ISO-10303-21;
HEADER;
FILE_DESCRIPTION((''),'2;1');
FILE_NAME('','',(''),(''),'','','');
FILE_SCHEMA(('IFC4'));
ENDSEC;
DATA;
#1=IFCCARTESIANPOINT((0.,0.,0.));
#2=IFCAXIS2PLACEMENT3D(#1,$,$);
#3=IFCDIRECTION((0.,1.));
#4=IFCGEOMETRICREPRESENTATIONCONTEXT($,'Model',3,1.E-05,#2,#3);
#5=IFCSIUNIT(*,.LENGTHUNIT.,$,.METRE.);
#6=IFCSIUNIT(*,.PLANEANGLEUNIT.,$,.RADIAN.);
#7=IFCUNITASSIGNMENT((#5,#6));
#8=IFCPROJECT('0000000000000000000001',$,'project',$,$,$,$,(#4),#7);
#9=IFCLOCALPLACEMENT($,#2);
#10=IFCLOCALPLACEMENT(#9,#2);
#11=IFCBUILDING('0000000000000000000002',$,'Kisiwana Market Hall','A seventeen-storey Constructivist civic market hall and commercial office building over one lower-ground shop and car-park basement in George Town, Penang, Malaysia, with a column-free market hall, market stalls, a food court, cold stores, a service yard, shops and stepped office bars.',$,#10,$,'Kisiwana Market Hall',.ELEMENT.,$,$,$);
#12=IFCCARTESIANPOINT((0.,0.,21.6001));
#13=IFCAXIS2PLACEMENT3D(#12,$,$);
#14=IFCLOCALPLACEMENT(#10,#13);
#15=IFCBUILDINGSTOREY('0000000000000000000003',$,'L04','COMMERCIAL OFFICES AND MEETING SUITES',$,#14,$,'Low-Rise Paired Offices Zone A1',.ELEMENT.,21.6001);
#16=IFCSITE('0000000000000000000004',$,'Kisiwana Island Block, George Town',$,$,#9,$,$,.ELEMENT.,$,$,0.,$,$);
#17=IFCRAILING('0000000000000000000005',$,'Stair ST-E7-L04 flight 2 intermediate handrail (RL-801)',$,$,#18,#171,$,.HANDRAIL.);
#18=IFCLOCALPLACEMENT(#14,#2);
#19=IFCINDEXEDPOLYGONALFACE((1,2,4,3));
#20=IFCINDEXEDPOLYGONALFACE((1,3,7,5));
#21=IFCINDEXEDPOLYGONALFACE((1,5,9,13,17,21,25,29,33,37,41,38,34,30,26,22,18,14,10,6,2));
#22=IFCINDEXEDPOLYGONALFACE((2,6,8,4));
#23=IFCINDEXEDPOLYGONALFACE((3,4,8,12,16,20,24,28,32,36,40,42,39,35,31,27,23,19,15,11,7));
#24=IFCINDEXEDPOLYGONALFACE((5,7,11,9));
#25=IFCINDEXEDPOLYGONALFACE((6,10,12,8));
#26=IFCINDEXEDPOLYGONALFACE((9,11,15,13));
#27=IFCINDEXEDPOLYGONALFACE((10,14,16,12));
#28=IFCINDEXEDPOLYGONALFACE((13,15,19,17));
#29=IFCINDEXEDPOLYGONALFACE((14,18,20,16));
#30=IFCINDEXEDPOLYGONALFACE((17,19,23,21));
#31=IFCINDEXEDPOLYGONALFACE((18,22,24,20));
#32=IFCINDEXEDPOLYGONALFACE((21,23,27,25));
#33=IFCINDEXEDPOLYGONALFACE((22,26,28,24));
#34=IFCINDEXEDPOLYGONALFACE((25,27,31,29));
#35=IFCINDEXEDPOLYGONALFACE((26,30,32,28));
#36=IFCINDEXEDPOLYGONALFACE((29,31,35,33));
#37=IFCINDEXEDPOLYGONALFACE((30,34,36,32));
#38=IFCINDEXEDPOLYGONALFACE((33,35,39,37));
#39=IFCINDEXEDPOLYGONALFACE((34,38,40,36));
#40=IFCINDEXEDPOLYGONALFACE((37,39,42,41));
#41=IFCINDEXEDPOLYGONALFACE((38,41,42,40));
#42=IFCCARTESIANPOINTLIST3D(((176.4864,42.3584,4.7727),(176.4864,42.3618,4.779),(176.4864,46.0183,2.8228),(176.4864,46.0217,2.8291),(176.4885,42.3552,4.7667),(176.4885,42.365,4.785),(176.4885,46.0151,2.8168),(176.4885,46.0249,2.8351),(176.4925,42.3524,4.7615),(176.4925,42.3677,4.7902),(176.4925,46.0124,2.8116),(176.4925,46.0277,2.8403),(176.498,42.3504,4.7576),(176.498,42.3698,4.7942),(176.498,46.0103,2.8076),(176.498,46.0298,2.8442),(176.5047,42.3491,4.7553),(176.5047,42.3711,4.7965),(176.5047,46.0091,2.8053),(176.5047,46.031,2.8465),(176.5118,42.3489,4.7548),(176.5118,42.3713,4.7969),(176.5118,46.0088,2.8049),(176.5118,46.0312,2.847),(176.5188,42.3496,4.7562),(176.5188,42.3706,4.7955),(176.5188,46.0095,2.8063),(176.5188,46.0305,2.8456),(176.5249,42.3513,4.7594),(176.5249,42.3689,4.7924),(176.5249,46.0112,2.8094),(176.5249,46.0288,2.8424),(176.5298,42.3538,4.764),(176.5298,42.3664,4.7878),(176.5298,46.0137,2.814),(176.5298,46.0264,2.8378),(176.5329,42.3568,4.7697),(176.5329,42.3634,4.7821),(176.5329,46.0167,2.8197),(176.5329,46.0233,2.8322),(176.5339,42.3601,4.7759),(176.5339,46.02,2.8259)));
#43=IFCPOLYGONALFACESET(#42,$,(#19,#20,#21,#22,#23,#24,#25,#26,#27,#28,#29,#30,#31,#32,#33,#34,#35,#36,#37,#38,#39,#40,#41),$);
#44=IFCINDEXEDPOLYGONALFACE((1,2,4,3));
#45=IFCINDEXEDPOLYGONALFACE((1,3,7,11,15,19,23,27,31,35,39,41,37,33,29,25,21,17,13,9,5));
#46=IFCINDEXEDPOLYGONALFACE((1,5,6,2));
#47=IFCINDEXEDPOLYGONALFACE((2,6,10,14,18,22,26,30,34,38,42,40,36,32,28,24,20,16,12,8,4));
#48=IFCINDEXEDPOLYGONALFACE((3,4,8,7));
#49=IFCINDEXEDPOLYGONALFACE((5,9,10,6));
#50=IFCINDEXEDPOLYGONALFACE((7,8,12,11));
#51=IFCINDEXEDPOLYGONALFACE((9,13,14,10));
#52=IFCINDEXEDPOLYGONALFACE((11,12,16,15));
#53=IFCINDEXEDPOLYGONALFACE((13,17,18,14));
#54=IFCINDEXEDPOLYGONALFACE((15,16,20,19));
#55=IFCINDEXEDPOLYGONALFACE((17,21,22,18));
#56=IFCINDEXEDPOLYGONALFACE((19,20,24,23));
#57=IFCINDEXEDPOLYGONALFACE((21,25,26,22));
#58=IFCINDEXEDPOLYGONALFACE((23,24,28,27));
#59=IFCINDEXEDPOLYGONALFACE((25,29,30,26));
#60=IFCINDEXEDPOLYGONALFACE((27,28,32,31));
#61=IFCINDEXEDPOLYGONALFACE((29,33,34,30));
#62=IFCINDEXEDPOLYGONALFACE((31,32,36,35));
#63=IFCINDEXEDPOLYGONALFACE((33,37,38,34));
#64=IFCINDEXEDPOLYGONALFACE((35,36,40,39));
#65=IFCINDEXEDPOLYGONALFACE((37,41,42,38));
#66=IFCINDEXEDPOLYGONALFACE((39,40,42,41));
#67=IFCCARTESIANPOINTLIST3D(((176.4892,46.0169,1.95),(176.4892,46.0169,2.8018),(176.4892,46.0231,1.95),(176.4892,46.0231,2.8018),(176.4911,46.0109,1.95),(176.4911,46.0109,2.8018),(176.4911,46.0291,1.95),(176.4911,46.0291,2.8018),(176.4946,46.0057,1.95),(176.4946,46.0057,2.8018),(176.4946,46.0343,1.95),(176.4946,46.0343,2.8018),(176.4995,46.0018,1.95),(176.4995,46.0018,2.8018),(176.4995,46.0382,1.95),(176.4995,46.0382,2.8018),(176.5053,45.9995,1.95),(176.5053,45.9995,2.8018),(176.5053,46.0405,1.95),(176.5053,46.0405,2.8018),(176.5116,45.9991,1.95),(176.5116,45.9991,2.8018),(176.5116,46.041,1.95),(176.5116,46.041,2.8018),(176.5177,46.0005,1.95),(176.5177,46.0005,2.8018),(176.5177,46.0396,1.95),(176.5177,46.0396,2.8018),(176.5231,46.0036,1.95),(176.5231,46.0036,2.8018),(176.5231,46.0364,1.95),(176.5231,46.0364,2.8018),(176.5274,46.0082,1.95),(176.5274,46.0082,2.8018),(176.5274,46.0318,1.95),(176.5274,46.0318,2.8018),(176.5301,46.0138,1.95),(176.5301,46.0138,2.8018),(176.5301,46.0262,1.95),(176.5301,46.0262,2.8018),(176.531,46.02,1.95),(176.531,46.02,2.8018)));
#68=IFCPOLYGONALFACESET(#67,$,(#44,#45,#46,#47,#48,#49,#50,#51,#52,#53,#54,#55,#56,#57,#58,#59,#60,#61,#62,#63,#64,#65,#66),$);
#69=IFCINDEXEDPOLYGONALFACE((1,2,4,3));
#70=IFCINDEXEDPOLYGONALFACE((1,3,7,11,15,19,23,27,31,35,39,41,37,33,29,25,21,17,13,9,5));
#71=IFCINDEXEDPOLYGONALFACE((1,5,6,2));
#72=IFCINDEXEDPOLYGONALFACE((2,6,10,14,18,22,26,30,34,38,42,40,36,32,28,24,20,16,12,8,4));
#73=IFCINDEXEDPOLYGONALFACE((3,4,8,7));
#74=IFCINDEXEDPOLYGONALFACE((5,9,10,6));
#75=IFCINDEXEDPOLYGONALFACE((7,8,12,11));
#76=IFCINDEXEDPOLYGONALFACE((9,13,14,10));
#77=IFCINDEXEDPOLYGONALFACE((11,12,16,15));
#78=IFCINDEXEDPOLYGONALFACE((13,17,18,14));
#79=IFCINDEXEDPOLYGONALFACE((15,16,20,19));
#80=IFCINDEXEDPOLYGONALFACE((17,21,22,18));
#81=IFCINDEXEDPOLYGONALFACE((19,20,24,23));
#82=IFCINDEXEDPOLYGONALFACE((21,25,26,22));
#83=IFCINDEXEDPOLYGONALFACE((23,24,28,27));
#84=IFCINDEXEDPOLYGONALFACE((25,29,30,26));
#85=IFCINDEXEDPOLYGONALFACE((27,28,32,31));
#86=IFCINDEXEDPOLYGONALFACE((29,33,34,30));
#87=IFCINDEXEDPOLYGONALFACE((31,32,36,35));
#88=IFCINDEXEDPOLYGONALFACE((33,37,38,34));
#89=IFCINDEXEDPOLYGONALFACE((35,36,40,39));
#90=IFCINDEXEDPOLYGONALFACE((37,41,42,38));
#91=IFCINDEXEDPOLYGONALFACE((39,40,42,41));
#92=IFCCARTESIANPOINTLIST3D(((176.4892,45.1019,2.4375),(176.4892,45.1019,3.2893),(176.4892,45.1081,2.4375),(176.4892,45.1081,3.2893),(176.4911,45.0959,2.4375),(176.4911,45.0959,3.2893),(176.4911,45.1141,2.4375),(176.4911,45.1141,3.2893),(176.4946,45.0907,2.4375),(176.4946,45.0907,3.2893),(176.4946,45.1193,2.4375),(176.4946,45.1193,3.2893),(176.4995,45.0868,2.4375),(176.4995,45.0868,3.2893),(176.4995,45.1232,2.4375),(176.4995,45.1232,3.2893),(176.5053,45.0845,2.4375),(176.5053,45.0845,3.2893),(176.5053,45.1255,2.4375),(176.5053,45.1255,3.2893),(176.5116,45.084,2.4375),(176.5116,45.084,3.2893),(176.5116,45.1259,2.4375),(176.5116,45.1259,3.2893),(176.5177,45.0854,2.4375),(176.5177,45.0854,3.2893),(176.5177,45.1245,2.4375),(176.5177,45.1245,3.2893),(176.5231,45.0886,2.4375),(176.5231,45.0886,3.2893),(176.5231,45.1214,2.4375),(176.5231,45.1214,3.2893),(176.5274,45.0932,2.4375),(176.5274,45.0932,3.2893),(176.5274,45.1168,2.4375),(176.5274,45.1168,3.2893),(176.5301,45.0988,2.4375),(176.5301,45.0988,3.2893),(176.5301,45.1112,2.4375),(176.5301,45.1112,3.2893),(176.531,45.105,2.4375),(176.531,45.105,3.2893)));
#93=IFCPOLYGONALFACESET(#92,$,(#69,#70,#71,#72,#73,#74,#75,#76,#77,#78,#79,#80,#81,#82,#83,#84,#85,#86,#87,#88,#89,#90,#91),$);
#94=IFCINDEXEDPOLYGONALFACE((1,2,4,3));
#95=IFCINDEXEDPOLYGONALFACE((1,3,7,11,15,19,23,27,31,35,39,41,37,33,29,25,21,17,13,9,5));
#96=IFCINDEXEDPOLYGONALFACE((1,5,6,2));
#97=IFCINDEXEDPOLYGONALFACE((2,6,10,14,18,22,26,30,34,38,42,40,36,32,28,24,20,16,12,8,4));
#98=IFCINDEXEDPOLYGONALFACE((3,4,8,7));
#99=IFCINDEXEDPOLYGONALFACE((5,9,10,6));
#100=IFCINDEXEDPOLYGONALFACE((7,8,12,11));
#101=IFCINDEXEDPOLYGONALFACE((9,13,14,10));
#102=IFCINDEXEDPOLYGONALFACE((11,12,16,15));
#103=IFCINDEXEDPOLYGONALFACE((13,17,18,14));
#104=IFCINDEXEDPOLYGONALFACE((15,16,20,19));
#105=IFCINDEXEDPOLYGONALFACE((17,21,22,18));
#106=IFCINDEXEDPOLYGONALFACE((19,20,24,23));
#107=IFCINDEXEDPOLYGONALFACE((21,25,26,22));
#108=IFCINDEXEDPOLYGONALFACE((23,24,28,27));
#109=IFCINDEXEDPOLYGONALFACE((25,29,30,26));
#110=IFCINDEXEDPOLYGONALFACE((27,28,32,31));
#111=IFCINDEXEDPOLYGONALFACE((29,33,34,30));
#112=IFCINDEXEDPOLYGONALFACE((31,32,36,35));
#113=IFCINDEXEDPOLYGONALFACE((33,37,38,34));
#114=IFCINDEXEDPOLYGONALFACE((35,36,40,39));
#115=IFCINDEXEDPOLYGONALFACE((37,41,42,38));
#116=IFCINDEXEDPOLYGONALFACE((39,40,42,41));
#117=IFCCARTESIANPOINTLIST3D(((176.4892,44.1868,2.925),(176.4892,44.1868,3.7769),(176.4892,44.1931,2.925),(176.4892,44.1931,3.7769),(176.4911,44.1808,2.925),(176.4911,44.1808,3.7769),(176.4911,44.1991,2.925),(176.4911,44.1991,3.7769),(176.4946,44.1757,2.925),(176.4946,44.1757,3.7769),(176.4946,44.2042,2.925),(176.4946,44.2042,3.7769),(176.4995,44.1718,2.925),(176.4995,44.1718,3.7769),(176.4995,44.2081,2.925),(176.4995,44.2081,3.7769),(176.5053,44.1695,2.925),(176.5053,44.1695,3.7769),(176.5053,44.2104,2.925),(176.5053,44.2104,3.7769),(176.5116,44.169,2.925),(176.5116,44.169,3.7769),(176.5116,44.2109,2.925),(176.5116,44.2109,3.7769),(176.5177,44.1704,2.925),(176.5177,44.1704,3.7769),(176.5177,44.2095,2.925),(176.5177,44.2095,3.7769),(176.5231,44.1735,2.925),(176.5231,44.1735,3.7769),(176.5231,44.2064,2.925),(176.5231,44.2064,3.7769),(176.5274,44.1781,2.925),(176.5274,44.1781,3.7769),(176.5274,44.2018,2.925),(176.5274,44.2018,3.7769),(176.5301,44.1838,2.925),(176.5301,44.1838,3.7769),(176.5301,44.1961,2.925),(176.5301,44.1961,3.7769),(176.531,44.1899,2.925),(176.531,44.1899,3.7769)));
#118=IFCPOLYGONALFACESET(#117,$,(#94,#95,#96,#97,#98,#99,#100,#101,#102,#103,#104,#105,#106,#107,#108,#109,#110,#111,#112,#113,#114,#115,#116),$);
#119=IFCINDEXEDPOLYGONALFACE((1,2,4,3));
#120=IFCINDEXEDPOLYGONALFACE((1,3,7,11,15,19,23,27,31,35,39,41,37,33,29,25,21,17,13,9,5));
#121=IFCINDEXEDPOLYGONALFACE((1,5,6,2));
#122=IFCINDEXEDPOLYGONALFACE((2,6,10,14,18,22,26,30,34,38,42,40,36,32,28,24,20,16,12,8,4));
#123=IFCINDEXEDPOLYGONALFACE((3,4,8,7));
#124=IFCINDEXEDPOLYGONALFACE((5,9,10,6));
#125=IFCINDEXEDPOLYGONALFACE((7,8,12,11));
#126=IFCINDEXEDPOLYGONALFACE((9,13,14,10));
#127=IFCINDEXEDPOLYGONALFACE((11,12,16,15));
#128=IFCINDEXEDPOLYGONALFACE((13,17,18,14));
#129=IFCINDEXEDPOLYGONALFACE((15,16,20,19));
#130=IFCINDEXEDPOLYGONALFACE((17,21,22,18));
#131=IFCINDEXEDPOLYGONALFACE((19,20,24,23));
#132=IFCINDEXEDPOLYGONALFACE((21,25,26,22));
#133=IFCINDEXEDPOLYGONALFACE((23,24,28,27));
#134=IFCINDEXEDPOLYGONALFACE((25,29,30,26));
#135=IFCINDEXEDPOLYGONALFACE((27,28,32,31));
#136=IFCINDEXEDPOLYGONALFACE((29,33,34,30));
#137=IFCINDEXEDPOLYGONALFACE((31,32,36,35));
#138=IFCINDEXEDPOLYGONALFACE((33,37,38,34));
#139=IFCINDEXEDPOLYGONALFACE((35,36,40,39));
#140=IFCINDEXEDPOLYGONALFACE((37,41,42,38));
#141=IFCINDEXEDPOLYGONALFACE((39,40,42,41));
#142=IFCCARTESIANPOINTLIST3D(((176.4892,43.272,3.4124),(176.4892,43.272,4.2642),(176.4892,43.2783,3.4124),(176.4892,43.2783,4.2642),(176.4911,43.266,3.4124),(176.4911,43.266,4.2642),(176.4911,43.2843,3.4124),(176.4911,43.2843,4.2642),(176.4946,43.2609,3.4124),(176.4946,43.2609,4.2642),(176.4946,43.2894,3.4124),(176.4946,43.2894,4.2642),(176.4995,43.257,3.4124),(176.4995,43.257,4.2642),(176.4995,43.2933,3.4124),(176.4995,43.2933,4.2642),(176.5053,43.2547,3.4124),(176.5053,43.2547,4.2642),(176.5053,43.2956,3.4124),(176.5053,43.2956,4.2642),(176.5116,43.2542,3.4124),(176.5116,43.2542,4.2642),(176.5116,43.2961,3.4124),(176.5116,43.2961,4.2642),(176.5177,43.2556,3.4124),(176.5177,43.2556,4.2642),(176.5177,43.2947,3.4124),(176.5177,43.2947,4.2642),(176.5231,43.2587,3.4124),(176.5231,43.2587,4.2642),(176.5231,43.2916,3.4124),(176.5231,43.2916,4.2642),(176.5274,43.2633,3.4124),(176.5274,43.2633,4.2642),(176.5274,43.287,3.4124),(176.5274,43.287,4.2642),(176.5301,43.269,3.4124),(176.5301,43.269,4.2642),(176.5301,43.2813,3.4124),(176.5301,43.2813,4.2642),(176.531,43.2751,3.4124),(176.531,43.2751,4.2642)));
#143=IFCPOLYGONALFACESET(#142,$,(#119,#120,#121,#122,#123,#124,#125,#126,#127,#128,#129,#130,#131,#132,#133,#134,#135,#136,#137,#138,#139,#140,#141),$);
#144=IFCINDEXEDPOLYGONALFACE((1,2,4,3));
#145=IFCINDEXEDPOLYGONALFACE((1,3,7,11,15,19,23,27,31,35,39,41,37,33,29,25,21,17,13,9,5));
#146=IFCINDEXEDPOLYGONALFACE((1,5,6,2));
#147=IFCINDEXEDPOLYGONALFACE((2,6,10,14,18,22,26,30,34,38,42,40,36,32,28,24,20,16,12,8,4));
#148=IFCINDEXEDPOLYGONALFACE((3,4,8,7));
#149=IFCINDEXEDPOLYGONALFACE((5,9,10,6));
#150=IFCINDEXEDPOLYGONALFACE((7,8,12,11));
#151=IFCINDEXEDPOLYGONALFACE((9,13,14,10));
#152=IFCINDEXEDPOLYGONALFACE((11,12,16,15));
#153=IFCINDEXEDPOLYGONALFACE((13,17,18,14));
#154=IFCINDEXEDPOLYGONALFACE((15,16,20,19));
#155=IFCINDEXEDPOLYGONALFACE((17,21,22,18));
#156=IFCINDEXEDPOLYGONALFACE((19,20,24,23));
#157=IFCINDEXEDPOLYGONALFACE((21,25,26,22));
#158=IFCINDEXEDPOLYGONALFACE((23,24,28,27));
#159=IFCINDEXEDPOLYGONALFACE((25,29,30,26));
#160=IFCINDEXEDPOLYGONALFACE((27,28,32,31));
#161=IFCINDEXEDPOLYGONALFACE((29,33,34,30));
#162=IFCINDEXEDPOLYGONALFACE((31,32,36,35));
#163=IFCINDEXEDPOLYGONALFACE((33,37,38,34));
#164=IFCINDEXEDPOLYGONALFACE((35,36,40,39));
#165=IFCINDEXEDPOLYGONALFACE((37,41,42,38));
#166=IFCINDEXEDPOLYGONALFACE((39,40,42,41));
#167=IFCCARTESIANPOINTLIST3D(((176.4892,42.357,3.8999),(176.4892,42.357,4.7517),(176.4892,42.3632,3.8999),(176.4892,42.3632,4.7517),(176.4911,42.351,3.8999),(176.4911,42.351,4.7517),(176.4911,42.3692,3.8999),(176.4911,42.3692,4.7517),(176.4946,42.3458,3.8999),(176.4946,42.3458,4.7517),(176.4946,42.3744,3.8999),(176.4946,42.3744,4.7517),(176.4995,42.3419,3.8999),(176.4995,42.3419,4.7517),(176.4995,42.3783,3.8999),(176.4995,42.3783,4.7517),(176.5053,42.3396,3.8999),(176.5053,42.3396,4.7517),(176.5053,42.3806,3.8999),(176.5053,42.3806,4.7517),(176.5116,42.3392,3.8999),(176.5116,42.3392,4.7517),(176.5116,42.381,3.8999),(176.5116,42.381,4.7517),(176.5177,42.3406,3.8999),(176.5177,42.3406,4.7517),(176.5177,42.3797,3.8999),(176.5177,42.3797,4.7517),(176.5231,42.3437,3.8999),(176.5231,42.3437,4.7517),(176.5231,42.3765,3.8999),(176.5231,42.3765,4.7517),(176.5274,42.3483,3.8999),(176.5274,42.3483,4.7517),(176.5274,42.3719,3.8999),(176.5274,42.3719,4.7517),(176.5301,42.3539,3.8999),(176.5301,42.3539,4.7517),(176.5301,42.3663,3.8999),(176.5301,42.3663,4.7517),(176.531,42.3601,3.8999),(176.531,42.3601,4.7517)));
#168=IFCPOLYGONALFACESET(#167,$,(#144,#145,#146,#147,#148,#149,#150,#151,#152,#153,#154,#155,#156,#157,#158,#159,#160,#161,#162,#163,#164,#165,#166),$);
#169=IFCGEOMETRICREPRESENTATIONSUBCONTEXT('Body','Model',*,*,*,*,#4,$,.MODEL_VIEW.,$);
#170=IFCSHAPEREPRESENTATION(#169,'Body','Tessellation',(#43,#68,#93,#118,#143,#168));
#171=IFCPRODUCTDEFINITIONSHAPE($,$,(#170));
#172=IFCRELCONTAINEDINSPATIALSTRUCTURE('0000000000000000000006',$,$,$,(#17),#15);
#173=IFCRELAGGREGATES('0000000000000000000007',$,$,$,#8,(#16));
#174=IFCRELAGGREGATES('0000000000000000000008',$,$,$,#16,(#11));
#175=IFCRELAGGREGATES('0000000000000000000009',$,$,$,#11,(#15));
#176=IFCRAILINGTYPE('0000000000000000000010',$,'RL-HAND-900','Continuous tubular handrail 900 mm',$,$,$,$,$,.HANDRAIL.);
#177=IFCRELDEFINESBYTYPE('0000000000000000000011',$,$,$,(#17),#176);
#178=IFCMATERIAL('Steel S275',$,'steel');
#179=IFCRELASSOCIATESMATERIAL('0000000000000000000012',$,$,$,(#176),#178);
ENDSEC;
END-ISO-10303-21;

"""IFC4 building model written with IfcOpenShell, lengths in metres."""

from ifc_helpers import new_model, si_unit, direction, frame, origin, origin_2d, place, context, subcontext, project, spatial, circle, extrude, material, type_object, element, save


model = new_model("IFC4")

# Units and contexts
model_context = context("Model", 3, precision=1e-05, world=origin(), true_north=direction((0.0, 1.0)))
body_context = subcontext(model_context, "Body", "Model", "MODEL_VIEW")
ifc_project = project(units=[si_unit("LENGTHUNIT", "METRE"), si_unit("PLANEANGLEUNIT", "RADIAN")], contexts=[model_context])

# Site, building, storey
site_placement = place(None, origin())
site = spatial("IfcSite", under=ifc_project, at=site_placement, Name="Kisiwana Island Block, George Town", CompositionType="ELEMENT", RefElevation=0.0)
building_placement = place(site_placement, origin())
building = spatial("IfcBuilding", under=site, at=building_placement, Name="Kisiwana Market Hall", Description="A seventeen-storey Constructivist civic market hall and commercial office building over one lower-ground shop and car-park basement in George Town, Penang, Malaysia, with a column-free market hall, market stalls, a food court, cold stores, a service yard, shops and stepped office bars.", LongName="Kisiwana Market Hall", CompositionType="ELEMENT")
storey_placement = place(building_placement, frame((0.0, 0.0, 21.6001)))
storey = spatial("IfcBuildingStorey", under=building, at=storey_placement, Name="L04", Description="COMMERCIAL OFFICES AND MEETING SUITES", LongName="Low-Rise Paired Offices Zone A1", CompositionType="ELEMENT", Elevation=21.6001)

# Railing
ifc_material_1 = material(Name="Steel S275", Category="steel")
railing_type_1 = type_object("IfcRailingType", Name="RL-HAND-900", Description="Continuous tubular handrail 900 mm", PredefinedType="HANDRAIL", material=ifc_material_1)
railing_1_placement = place(storey_placement, frame((176.51, 46.02, 1.95)))
element("IfcRailing", 1, at=railing_1_placement, inside=storey, type_object=railing_type_1, Name="Stair ST-E7-L04 flight 2 intermediate handrail (RL-801)", PredefinedType="HANDRAIL", context=body_context, shape_type="SweptSolid", body=[
    extrude(circle(Radius=0.0239, at=origin_2d()), frame((0.0, 0.0, 0.876), z_axis=(0.0, -0.882553, 0.470212), x_axis=(1.0, 0.0, 0.0)), (0.0, 0.0, 1.0), 4.147),
    extrude(circle(Radius=0.021, at=origin_2d()), origin(), (0.0, 0.0, 1.0), 0.8518),
    extrude(circle(Radius=0.021, at=origin_2d()), frame((0.0, -0.915, 0.4875)), (0.0, 0.0, 1.0), 0.8518),
    extrude(circle(Radius=0.021, at=origin_2d()), frame((0.0, -1.8301, 0.9751)), (0.0, 0.0, 1.0), 0.8518),
    extrude(circle(Radius=0.021, at=origin_2d()), frame((0.0, -2.7449, 1.4624)), (0.0, 0.0, 1.0), 0.8518),
    extrude(circle(Radius=0.021, at=origin_2d()), frame((0.0, -3.6599, 1.95)), (0.0, 0.0, 1.0), 0.8518),
])

save(model, "model.ifc")
